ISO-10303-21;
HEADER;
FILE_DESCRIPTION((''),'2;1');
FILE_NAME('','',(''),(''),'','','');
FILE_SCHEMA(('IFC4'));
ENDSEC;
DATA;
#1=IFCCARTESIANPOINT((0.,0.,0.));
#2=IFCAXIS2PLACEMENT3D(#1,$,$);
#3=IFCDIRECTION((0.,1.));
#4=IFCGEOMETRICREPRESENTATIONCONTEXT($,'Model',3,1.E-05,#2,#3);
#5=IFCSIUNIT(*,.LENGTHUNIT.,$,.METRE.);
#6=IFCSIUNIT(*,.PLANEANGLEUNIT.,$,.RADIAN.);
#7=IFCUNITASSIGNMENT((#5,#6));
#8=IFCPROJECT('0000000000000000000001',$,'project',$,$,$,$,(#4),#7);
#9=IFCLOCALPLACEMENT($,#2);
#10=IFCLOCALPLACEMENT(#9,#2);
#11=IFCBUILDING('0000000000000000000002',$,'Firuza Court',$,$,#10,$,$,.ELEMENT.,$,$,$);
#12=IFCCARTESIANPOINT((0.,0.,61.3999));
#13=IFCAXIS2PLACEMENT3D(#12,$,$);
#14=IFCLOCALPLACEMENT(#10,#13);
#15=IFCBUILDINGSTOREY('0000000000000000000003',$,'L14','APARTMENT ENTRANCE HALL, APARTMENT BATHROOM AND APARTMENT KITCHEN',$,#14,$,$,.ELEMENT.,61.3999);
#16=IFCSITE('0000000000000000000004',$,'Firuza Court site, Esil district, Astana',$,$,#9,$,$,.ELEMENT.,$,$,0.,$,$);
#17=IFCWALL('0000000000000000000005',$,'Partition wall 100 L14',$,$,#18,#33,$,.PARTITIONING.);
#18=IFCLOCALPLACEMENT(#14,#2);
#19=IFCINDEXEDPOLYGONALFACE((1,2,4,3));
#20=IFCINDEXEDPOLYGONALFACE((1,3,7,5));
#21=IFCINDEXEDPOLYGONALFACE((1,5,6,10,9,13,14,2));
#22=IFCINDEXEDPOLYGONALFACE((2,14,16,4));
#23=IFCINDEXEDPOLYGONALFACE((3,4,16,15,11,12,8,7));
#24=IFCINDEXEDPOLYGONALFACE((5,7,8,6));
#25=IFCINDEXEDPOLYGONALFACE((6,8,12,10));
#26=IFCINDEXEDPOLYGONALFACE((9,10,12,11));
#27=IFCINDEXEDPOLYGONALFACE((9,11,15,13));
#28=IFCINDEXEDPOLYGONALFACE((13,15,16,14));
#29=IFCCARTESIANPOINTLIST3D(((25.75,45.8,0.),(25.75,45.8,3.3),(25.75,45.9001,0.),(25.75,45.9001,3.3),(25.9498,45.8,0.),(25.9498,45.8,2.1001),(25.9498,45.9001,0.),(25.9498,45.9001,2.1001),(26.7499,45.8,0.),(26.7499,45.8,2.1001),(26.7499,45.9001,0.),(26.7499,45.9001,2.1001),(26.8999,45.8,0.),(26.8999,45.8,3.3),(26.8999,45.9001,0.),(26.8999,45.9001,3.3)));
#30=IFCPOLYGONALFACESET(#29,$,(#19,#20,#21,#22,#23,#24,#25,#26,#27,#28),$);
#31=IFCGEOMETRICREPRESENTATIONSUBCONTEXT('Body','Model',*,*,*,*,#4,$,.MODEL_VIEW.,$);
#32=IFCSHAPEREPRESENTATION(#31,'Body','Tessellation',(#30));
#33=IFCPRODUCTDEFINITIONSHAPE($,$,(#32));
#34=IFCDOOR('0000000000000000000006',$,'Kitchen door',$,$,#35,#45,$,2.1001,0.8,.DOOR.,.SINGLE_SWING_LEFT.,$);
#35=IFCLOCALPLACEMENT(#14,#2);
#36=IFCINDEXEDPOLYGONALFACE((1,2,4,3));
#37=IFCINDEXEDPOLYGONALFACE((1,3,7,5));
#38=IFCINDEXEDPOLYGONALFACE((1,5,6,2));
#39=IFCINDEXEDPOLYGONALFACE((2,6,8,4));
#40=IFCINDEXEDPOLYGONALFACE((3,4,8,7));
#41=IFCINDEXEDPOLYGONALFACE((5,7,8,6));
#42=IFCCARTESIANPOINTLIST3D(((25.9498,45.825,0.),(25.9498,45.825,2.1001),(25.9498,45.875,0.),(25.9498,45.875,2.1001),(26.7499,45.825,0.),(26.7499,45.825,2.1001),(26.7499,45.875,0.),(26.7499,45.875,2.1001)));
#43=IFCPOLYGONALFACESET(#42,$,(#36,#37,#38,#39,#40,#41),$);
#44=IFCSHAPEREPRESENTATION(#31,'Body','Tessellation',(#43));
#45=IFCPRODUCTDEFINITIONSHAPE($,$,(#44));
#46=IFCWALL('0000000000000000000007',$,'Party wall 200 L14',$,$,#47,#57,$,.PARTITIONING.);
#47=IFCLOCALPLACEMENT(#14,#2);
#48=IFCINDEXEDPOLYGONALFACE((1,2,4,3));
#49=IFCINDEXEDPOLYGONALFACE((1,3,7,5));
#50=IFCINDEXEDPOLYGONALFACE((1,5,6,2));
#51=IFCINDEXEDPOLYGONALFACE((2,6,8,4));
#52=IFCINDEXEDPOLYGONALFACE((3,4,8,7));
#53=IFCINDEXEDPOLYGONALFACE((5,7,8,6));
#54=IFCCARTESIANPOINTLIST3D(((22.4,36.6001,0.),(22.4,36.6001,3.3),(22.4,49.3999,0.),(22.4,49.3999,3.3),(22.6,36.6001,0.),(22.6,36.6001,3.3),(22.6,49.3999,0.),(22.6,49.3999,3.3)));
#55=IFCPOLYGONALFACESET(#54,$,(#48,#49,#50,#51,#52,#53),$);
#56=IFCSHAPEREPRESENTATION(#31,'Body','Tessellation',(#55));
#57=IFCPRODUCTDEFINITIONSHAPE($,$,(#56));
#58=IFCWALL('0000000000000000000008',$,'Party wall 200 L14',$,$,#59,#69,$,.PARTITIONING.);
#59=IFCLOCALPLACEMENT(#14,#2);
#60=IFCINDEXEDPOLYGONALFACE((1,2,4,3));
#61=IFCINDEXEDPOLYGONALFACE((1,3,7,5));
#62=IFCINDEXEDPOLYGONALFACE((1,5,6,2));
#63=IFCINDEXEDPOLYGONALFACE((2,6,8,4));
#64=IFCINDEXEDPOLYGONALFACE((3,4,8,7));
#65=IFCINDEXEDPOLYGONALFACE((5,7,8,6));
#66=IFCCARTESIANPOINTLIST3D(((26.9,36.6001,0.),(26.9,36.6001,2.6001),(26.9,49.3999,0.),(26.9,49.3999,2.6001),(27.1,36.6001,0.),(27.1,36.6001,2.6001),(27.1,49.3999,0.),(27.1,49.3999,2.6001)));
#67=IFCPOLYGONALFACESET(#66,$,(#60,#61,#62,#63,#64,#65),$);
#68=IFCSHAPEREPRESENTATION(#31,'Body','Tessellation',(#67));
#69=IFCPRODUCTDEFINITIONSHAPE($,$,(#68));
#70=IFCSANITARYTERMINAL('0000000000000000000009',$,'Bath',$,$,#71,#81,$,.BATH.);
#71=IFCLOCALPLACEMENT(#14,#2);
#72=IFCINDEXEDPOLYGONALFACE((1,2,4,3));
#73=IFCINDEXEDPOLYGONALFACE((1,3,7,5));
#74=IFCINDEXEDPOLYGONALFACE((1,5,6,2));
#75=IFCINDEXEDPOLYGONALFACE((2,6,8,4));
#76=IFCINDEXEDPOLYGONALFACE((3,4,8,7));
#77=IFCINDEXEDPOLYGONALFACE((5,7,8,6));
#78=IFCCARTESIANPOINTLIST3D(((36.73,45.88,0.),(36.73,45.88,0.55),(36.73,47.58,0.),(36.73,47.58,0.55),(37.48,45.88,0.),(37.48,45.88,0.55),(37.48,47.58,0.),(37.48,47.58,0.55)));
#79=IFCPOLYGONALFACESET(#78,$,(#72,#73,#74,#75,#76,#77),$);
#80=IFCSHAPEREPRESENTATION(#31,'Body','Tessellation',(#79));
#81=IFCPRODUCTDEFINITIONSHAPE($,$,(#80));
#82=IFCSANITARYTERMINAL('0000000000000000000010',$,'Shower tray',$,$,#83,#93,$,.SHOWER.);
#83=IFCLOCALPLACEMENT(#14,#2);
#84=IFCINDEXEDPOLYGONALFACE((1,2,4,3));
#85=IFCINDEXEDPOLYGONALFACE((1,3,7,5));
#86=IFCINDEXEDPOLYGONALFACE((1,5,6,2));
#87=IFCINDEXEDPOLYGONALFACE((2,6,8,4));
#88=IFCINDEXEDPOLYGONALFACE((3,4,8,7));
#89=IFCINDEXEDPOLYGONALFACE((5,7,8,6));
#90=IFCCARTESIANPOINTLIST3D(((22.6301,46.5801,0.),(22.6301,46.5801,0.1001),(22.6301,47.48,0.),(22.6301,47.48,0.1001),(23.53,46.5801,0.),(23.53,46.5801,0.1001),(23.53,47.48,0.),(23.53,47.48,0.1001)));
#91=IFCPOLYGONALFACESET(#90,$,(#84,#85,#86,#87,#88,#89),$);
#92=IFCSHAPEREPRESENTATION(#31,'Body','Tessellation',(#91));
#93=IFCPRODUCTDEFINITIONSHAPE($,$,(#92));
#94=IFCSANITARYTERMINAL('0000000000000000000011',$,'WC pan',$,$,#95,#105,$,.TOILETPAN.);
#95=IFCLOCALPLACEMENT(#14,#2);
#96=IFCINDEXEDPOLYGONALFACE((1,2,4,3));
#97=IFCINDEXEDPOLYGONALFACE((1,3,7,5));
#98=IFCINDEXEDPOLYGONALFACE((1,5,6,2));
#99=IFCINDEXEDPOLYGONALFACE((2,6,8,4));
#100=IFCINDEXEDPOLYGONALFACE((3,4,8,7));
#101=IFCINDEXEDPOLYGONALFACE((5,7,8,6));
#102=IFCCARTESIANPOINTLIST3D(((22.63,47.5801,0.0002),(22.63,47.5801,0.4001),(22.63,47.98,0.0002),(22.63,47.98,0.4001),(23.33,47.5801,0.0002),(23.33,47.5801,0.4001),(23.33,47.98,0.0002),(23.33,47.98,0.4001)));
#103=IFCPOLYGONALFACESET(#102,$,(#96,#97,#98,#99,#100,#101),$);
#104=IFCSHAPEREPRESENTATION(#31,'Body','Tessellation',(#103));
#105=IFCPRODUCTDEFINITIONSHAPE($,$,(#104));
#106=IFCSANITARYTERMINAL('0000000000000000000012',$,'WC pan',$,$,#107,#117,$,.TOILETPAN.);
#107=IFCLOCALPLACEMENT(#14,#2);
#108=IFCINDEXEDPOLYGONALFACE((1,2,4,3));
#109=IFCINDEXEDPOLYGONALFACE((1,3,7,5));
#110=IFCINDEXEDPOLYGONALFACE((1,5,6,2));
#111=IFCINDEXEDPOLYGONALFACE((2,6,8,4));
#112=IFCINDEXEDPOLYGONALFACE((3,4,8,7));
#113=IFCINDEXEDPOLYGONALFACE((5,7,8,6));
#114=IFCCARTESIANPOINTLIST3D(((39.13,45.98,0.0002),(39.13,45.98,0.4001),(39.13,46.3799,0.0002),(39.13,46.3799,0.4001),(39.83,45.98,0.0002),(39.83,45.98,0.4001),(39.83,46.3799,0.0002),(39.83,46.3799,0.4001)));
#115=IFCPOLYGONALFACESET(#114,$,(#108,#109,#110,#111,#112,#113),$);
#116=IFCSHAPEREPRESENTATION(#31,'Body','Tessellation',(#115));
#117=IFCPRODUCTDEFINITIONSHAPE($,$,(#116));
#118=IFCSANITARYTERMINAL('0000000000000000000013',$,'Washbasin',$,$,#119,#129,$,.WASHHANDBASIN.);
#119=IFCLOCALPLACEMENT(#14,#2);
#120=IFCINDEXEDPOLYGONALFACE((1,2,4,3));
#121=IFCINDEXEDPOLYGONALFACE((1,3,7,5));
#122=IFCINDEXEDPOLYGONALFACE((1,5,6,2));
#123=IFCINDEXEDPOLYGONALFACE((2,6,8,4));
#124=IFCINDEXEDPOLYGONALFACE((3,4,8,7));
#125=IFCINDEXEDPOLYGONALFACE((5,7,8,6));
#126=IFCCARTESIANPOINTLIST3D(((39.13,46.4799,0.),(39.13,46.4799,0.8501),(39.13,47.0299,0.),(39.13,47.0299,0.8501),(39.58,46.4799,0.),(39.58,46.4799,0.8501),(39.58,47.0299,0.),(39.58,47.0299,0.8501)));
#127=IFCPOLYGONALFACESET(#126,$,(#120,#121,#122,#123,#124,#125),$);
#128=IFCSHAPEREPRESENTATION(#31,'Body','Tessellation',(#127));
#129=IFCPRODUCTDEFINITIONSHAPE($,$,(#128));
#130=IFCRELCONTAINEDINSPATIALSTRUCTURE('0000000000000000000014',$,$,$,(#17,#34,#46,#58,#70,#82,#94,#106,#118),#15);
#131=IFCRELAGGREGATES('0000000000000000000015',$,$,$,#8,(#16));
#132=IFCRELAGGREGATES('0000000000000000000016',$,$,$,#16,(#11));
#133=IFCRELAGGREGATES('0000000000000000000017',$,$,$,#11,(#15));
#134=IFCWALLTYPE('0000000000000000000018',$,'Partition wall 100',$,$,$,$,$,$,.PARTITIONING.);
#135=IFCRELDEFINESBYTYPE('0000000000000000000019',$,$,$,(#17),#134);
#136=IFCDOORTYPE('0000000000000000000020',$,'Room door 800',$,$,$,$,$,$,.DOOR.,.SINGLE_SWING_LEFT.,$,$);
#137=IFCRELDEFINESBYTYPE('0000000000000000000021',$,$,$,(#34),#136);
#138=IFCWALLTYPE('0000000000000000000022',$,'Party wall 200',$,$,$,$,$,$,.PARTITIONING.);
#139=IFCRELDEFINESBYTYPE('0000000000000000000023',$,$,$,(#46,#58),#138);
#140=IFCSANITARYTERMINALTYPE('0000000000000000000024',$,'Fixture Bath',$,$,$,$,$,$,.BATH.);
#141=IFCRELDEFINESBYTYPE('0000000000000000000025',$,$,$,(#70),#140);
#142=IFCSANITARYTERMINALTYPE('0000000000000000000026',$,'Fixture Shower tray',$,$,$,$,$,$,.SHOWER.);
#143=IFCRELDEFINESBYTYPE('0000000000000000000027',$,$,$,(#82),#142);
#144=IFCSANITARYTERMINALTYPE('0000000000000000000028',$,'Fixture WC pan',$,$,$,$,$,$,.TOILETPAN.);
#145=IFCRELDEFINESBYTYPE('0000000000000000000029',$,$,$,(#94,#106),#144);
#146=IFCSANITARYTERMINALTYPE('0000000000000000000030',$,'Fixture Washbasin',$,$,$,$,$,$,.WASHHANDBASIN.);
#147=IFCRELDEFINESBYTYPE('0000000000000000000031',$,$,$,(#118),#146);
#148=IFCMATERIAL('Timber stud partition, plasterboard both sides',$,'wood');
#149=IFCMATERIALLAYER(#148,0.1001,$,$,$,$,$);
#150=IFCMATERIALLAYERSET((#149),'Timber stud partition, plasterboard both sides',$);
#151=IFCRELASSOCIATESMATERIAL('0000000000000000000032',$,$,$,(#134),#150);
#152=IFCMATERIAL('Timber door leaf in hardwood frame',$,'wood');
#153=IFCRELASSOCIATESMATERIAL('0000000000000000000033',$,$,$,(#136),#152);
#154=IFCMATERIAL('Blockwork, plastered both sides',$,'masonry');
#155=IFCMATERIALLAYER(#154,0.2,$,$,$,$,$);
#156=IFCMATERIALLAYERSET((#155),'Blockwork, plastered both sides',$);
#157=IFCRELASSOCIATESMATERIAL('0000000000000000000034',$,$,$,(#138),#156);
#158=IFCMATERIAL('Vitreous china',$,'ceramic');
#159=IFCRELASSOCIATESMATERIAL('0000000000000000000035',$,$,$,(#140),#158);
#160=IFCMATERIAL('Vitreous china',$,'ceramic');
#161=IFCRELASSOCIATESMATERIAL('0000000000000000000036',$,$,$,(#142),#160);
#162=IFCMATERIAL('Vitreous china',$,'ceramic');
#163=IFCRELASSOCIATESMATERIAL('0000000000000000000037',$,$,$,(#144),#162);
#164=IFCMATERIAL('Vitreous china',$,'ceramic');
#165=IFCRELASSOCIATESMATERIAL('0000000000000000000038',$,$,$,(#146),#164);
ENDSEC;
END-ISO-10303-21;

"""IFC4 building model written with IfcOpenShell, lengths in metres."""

from ifc_helpers import new_model, si_unit, direction, frame, frame_2d, origin, origin_2d, place, context, subcontext, project, spatial, rectangle, extrude, material, layer, layer_set, type_object, element, fill, save


model = new_model("IFC4")

# Units and contexts
model_context = context("Model", 3, precision=1e-05, world=origin(), true_north=direction((0.0, 1.0)))
body_context = subcontext(model_context, "Body", "Model", "MODEL_VIEW")
ifc_project = project(units=[si_unit("LENGTHUNIT", "METRE"), si_unit("PLANEANGLEUNIT", "RADIAN")], contexts=[model_context])

# Site, building, storey
site_placement = place(None, origin())
site = spatial("IfcSite", under=ifc_project, at=site_placement, Name="Firuza Court site, Esil district, Astana", CompositionType="ELEMENT", RefElevation=0.0)
building_placement = place(site_placement, origin())
building = spatial("IfcBuilding", under=site, at=building_placement, Name="Firuza Court", CompositionType="ELEMENT")
storey_placement = place(building_placement, frame((0.0, 0.0, 61.3999)))
storey = spatial("IfcBuildingStorey", under=building, at=storey_placement, Name="L14", Description="APARTMENT ENTRANCE HALL, APARTMENT BATHROOM AND APARTMENT KITCHEN", CompositionType="ELEMENT", Elevation=61.3999)

# Shared definitions
ifc_material_1 = material(Name="Timber stud partition, plasterboard both sides", Category="wood")
ifc_layer_1 = layer(ifc_material_1, 0.1001)
ifc_layer_set_1 = layer_set([ifc_layer_1], Name="Timber stud partition, plasterboard both sides")
wall_type_1 = type_object("IfcWallType", Name="Partition wall 100", PredefinedType="PARTITIONING", material=ifc_layer_set_1)

# Wall, opening, door
wall_1_placement = place(storey_placement, frame((25.75, 45.8501, 0.0), z_axis=(0.0, 0.0, 1.0), x_axis=(1.0, 0.0, 0.0)))
wall_1 = element("IfcWall", 1, at=wall_1_placement, inside=storey, type_object=wall_type_1, Name="Partition wall 100 L14", PredefinedType="PARTITIONING", context=body_context, shape_type="SweptSolid", body=[
    extrude(rectangle(XDim=1.1499, YDim=0.1001, at=frame_2d((0.575, 0.0))), origin(), (0.0, 0.0, 1.0), 3.3),
])
opening_1_placement = place(wall_1_placement, frame((0.2, 0.0, 0.0)))
opening_1 = element("IfcOpeningElement", 2, at=opening_1_placement, cuts=wall_1, PredefinedType="OPENING", context=body_context, shape_type="SweptSolid", body=[
    extrude(rectangle(XDim=0.8, YDim=2.1001, at=frame_2d((0.3999, 1.05))), frame((0.0, 0.062, 0.0), z_axis=(0.0, -1.0, 0.0), x_axis=(1.0, 0.0, 0.0)), (0.0, 0.0, 1.0), 0.124),
])
ifc_material_2 = material(Name="Timber door leaf in hardwood frame", Category="wood")
door_type_1 = type_object("IfcDoorType", Name="Room door 800", OperationType="SINGLE_SWING_LEFT", PredefinedType="DOOR", material=ifc_material_2)
door_1_placement = place(opening_1_placement, origin())
door_1 = element("IfcDoor", 3, at=door_1_placement, inside=storey, type_object=door_type_1, Name="Kitchen door", OperationType="SINGLE_SWING_LEFT", OverallHeight=2.1001, OverallWidth=0.8, PredefinedType="DOOR", context=body_context, shape_type="SweptSolid", body=[
    extrude(rectangle(XDim=0.8, YDim=2.1001, at=frame_2d((0.3999, 1.05))), frame((0.0, 0.0249, 0.0), z_axis=(0.0, -1.0, 0.0), x_axis=(1.0, 0.0, 0.0)), (0.0, 0.0, 1.0), 0.05),
])
fill(opening_1, door_1)

# Walls
ifc_material_3 = material(Name="Blockwork, plastered both sides", Category="masonry")
ifc_layer_2 = layer(ifc_material_3, 0.2)
ifc_layer_set_2 = layer_set([ifc_layer_2], Name="Blockwork, plastered both sides")
wall_type_2 = type_object("IfcWallType", Name="Party wall 200", PredefinedType="PARTITIONING", material=ifc_layer_set_2)
wall_2_placement = place(storey_placement, frame((22.5, 36.6001, 0.0), z_axis=(0.0, 0.0, 1.0), x_axis=(0.0, 1.0, 0.0)))
element("IfcWall", 4, at=wall_2_placement, inside=storey, type_object=wall_type_2, Name="Party wall 200 L14", PredefinedType="PARTITIONING", context=body_context, shape_type="SweptSolid", body=[
    extrude(rectangle(XDim=12.7998, YDim=0.2, at=frame_2d((6.3999, 0.0))), origin(), (0.0, 0.0, 1.0), 3.3),
])
wall_3_placement = place(storey_placement, frame((27.0, 36.6001, 0.0), z_axis=(0.0, 0.0, 1.0), x_axis=(0.0, 1.0, 0.0)))
element("IfcWall", 5, at=wall_3_placement, inside=storey, type_object=wall_type_2, Name="Party wall 200 L14", PredefinedType="PARTITIONING", context=body_context, shape_type="SweptSolid", body=[
    extrude(rectangle(XDim=12.7998, YDim=0.2, at=frame_2d((6.3999, 0.0))), origin(), (0.0, 0.0, 1.0), 2.6001),
])

# Sanitary terminals
ifc_material_4 = material(Name="Vitreous china", Category="ceramic")
sanitary_terminal_type_1 = type_object("IfcSanitaryTerminalType", Name="Fixture Bath", PredefinedType="BATH", material=ifc_material_4)
sanitary_terminal_1_placement = place(storey_placement, frame((37.105, 46.73, 0.0), z_axis=(0.0, 0.0, 1.0), x_axis=(1.0, 0.0, 0.0)))
element("IfcSanitaryTerminal", 6, at=sanitary_terminal_1_placement, inside=storey, type_object=sanitary_terminal_type_1, Name="Bath", PredefinedType="BATH", context=body_context, shape_type="SweptSolid", body=[
    extrude(rectangle(XDim=0.75, YDim=1.7, at=origin_2d()), origin(), (0.0, 0.0, 1.0), 0.55),
])
ifc_material_5 = material(Name="Vitreous china", Category="ceramic")
sanitary_terminal_type_2 = type_object("IfcSanitaryTerminalType", Name="Fixture Shower tray", PredefinedType="SHOWER", material=ifc_material_5)
sanitary_terminal_2_placement = place(storey_placement, frame((23.0801, 47.03, 0.0), z_axis=(0.0, 0.0, 1.0), x_axis=(1.0, 0.0, 0.0)))
element("IfcSanitaryTerminal", 7, at=sanitary_terminal_2_placement, inside=storey, type_object=sanitary_terminal_type_2, Name="Shower tray", PredefinedType="SHOWER", context=body_context, shape_type="SweptSolid", body=[
    extrude(rectangle(XDim=0.8999, YDim=0.8999, at=origin_2d()), origin(), (0.0, 0.0, 1.0), 0.1001),
])
ifc_material_6 = material(Name="Vitreous china", Category="ceramic")
sanitary_terminal_type_3 = type_object("IfcSanitaryTerminalType", Name="Fixture WC pan", PredefinedType="TOILETPAN", material=ifc_material_6)
for number, where, z_axis, x_axis, name in (
    (8, (22.98, 47.78, 0.0002), (0.0, 0.0, 1.0), (1.0, 0.0, 0.0), "WC pan"),
    (9, (39.48, 46.1799, 0.0002), (0.0, 0.0, 1.0), (1.0, 0.0, 0.0), "WC pan"),
):
    element("IfcSanitaryTerminal", number, at=place(storey_placement, frame(where, z_axis=z_axis, x_axis=x_axis)), inside=storey, type_object=sanitary_terminal_type_3, Name=name, PredefinedType="TOILETPAN", context=body_context, shape_type="SweptSolid", body=[
        extrude(rectangle(XDim=0.7, YDim=0.3999, at=origin_2d()), origin(), (0.0, 0.0, 1.0), 0.3999),
    ])
ifc_material_7 = material(Name="Vitreous china", Category="ceramic")
sanitary_terminal_type_4 = type_object("IfcSanitaryTerminalType", Name="Fixture Washbasin", PredefinedType="WASHHANDBASIN", material=ifc_material_7)
sanitary_terminal_3_placement = place(storey_placement, frame((39.355, 46.7549, 0.0), z_axis=(0.0, 0.0, 1.0), x_axis=(1.0, 0.0, 0.0)))
element("IfcSanitaryTerminal", 10, at=sanitary_terminal_3_placement, inside=storey, type_object=sanitary_terminal_type_4, Name="Washbasin", PredefinedType="WASHHANDBASIN", context=body_context, shape_type="SweptSolid", body=[
    extrude(rectangle(XDim=0.45, YDim=0.55, at=origin_2d()), origin(), (0.0, 0.0, 1.0), 0.8501),
])

save(model, "model.ifc")
